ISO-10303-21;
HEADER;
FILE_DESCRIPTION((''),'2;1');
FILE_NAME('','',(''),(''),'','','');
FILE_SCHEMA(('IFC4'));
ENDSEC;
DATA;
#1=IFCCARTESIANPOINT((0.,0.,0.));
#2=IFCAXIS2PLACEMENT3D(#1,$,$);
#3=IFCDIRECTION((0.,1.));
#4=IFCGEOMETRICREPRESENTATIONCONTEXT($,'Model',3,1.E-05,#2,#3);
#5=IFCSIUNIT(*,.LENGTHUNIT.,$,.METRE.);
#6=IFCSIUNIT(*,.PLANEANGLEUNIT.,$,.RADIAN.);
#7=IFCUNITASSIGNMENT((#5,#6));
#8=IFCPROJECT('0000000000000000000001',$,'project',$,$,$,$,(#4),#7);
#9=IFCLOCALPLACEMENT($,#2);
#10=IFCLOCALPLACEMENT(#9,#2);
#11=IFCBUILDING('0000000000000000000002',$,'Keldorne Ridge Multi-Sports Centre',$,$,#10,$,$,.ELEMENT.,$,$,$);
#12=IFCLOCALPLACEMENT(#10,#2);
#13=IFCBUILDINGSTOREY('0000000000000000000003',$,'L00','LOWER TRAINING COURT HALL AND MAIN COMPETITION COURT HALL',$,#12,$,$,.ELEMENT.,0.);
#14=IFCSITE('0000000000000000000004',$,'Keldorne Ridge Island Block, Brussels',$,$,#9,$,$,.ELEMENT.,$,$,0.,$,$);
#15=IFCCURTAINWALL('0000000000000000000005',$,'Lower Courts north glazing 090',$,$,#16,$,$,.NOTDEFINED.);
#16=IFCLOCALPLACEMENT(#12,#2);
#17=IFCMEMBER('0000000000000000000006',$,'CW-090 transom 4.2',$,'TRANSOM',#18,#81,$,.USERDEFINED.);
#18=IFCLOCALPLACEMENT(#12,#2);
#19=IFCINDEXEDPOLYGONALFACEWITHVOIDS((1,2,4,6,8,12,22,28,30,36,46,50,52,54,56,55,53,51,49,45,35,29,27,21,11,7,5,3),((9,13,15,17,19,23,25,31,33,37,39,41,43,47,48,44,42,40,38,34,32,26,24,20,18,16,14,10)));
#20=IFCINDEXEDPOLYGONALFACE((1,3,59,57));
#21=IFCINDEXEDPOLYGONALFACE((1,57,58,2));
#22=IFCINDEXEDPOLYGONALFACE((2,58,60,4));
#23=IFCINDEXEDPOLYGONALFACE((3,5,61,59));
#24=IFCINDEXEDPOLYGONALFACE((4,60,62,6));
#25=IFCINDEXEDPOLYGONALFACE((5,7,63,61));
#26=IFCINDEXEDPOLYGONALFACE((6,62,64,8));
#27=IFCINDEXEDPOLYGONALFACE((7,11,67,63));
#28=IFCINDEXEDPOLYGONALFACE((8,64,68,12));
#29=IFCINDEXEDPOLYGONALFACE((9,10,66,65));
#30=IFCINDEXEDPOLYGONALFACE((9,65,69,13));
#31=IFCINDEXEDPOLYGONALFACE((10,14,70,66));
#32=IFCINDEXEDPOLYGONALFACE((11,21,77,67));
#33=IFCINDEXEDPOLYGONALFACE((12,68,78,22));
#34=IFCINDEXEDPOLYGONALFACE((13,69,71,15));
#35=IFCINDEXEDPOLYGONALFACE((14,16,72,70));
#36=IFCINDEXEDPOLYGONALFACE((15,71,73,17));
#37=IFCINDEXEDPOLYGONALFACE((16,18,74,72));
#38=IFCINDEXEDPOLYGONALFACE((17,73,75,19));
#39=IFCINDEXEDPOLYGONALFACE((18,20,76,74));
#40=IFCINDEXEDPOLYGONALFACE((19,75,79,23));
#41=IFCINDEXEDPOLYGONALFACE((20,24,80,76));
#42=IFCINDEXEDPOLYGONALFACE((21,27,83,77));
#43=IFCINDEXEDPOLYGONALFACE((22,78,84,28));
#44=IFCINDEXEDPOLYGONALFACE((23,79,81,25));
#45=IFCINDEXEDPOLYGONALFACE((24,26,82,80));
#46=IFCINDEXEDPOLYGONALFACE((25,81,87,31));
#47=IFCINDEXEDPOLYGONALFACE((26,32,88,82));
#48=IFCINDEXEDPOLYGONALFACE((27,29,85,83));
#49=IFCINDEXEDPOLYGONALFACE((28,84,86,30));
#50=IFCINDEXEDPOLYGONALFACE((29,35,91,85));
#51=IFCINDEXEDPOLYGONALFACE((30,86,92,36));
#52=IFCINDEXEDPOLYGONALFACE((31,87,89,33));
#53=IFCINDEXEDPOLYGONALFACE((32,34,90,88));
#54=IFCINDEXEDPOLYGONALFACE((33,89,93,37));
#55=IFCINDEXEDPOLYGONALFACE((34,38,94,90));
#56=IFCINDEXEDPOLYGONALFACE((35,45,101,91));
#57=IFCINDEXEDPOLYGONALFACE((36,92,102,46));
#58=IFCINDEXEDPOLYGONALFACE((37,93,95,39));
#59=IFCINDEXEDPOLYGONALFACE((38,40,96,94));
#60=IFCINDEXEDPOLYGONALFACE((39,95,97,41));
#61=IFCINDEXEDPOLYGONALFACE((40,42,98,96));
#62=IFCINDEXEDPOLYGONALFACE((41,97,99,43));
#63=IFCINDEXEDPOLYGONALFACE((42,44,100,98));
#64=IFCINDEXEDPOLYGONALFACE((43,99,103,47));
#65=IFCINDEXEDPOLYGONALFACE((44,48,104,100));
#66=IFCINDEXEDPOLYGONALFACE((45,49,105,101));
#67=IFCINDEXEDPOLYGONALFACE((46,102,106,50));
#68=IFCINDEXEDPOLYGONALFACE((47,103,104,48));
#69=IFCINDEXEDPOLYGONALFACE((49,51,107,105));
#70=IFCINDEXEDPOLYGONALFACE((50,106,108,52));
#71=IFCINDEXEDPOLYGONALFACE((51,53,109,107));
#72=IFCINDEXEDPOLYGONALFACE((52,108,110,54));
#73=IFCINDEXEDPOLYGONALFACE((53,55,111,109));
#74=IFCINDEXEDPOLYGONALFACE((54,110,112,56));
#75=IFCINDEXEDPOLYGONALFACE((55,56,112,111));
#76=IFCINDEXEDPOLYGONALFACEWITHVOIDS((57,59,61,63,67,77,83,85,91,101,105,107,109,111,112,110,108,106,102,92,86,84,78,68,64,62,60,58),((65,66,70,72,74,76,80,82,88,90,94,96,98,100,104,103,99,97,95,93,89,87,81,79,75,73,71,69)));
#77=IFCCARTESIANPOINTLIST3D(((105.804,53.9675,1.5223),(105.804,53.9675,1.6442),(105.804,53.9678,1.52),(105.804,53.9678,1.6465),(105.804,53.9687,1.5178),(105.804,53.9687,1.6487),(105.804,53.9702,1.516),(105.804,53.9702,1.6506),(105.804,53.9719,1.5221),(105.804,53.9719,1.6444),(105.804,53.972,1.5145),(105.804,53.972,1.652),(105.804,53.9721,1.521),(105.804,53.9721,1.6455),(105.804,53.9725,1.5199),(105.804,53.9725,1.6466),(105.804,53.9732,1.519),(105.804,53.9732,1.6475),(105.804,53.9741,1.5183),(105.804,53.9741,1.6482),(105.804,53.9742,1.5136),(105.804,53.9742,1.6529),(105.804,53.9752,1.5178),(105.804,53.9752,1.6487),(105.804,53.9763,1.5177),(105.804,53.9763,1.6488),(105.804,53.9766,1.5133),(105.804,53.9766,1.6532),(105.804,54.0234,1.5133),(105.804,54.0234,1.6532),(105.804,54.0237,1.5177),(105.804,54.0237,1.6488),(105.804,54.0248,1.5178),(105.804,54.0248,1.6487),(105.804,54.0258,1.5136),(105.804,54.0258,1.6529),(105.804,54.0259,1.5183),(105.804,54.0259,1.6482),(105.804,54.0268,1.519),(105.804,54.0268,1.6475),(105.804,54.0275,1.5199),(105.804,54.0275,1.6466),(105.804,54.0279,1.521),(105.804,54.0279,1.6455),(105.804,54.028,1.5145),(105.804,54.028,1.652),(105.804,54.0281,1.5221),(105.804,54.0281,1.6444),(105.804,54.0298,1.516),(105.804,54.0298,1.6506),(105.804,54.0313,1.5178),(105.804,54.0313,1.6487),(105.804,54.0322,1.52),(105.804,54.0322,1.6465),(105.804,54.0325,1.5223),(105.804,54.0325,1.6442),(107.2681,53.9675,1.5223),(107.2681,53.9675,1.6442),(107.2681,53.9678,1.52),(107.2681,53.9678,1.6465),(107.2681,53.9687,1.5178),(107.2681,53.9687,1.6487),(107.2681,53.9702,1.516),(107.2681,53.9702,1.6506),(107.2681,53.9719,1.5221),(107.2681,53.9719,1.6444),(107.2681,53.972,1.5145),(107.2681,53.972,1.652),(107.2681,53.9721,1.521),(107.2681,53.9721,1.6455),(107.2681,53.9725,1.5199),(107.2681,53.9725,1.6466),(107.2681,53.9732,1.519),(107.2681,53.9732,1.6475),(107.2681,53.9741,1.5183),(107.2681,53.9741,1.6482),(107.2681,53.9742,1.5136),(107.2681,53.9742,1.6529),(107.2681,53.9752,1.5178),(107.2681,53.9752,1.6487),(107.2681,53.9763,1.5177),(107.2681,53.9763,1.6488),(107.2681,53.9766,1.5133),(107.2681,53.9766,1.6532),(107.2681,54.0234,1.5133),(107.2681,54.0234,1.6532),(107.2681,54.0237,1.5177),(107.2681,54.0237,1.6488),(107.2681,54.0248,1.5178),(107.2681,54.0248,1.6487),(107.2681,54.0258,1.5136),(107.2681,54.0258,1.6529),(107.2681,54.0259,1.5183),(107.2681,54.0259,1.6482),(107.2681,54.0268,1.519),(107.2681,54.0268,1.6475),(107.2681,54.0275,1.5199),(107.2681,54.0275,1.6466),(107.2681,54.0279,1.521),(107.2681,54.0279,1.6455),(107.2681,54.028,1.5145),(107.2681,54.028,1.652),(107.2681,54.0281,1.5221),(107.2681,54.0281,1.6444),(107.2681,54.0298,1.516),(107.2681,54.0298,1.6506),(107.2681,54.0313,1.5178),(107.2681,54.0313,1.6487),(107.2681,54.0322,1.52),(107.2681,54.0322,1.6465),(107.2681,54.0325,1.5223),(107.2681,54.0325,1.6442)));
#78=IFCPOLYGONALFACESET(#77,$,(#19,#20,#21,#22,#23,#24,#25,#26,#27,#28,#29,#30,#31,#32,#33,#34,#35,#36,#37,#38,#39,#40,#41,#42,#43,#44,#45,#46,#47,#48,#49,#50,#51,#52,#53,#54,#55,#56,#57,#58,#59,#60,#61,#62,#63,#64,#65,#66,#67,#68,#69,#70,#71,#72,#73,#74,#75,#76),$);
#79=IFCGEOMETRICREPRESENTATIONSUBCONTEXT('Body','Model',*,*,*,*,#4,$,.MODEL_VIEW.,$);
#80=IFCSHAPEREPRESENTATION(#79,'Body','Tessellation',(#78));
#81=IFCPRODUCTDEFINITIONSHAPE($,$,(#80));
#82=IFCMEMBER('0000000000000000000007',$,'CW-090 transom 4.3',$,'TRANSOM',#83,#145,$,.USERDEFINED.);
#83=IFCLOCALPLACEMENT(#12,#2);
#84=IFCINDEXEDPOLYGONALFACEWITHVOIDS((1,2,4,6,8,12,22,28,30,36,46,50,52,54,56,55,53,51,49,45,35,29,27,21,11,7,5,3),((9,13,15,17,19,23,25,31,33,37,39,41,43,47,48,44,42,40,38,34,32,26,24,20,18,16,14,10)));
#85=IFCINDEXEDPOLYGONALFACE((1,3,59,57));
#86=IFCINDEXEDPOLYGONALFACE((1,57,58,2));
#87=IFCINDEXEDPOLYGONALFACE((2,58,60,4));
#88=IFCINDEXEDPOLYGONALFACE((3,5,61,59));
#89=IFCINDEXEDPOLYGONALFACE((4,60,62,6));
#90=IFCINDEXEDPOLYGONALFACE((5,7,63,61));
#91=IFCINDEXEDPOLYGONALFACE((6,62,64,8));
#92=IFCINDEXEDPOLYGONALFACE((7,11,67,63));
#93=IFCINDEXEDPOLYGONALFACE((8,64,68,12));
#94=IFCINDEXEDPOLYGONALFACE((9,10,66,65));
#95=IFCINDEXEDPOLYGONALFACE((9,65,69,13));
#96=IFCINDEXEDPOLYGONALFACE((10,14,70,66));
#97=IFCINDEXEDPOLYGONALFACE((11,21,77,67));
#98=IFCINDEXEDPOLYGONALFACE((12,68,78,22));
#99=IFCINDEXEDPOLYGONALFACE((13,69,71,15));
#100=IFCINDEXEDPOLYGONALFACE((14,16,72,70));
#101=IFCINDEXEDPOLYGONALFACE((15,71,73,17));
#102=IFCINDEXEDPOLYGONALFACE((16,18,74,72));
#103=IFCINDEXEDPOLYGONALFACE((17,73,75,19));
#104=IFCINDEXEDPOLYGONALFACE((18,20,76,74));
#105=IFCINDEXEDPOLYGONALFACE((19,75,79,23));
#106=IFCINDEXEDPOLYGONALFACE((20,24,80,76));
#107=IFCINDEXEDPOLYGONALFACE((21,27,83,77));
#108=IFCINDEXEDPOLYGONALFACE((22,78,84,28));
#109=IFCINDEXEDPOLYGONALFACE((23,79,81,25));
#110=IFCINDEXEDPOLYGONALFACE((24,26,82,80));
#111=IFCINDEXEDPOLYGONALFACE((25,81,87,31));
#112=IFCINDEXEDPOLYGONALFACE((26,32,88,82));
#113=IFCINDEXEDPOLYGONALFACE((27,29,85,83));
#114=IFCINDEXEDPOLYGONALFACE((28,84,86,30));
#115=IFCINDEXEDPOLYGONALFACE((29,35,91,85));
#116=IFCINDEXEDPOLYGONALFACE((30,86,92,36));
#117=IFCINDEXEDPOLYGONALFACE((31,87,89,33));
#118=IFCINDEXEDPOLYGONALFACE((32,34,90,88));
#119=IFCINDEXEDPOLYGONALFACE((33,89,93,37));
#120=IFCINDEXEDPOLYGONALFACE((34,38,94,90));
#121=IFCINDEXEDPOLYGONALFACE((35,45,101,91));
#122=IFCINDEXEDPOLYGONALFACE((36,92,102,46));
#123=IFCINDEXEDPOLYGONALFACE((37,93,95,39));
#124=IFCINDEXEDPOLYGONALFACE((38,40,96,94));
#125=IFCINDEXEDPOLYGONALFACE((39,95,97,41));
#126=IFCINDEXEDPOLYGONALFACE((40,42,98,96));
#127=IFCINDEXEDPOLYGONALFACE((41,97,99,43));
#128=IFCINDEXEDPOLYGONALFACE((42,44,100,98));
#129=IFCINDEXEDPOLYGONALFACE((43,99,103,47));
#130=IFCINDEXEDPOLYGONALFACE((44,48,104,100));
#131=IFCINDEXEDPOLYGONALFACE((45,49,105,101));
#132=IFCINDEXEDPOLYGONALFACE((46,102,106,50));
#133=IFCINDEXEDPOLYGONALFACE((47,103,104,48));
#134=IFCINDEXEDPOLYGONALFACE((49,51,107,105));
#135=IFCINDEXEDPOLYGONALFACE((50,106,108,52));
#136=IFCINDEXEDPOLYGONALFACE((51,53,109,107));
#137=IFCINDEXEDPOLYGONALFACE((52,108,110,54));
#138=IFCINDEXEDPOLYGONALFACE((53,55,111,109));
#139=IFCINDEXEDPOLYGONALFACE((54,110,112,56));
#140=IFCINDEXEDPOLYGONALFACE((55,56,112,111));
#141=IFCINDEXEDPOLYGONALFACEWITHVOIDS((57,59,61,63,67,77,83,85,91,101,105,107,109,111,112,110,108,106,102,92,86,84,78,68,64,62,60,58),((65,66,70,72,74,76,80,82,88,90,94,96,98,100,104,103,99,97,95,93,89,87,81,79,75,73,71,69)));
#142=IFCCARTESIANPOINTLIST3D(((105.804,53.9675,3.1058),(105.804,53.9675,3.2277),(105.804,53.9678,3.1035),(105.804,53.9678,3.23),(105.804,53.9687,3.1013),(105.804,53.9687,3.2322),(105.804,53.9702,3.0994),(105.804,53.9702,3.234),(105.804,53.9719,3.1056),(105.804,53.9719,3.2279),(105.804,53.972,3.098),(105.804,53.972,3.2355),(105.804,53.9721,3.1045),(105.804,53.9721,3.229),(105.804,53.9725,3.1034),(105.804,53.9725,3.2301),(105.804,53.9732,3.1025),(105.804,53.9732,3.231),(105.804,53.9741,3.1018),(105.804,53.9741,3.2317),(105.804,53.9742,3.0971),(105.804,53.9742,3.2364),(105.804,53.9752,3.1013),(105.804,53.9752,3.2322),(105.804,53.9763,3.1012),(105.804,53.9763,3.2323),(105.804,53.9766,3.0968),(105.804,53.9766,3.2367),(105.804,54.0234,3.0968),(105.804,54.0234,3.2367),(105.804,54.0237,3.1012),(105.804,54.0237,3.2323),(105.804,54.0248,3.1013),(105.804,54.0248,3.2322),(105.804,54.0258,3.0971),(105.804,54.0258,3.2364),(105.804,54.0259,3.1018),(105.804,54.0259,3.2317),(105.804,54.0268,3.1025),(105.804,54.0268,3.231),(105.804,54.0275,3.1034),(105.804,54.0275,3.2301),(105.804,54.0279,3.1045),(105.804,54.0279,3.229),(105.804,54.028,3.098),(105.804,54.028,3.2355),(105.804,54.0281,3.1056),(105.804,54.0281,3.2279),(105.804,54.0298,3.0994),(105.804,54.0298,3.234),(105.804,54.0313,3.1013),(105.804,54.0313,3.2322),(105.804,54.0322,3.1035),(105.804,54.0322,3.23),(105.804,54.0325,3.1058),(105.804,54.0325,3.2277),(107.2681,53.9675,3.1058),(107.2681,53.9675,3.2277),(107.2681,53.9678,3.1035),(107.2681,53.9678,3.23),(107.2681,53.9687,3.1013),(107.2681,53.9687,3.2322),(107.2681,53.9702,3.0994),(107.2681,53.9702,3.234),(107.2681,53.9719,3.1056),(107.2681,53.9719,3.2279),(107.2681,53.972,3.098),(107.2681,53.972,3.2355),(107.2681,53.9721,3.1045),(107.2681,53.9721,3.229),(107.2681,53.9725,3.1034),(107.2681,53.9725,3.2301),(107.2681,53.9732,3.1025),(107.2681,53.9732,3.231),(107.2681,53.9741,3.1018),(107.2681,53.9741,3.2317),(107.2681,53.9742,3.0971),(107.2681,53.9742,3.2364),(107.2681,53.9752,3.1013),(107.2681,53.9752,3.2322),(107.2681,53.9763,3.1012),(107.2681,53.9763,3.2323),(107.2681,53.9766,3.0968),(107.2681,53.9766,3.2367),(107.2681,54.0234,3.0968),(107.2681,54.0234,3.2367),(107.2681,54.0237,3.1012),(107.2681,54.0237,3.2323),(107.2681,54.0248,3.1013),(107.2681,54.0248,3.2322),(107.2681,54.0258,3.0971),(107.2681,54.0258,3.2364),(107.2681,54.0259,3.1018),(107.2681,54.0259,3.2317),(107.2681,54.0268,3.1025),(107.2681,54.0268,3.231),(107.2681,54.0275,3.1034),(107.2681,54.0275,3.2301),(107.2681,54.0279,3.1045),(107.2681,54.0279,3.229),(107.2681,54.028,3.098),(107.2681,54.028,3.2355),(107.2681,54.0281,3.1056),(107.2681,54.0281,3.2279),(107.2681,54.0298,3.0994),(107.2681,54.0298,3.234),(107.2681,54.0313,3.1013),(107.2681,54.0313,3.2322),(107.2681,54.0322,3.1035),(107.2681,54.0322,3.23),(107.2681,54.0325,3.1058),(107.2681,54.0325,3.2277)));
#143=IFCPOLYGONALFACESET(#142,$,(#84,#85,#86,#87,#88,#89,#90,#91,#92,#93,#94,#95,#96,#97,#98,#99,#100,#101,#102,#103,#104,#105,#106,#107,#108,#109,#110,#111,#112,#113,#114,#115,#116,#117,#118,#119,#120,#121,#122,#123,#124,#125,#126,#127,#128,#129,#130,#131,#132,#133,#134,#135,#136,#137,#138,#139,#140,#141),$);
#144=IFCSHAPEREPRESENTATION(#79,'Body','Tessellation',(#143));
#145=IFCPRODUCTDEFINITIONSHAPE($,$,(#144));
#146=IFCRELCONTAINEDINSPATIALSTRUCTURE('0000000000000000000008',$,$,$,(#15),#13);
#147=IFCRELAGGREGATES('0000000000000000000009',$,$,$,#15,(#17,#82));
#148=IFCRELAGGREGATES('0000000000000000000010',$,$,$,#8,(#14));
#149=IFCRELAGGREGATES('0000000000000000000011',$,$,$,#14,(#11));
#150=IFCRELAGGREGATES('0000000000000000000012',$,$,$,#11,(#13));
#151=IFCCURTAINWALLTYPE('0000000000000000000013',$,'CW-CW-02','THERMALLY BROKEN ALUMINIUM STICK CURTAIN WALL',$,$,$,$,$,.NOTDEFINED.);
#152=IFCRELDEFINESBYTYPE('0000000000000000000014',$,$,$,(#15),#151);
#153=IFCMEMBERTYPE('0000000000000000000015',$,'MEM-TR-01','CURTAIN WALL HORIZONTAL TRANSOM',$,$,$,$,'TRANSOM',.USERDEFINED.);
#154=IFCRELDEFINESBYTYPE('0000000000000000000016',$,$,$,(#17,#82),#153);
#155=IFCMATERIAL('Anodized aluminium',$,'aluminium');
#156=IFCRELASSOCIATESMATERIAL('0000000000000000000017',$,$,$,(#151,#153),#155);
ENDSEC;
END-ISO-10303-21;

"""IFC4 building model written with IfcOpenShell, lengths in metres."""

from ifc_helpers import new_model, si_unit, direction, frame, origin, origin_2d, place, context, subcontext, project, spatial, hollow_rectangle, extrude, material, material_profile, profile_set, type_object, element, aggregate, save


model = new_model("IFC4")

# Units and contexts
model_context = context("Model", 3, precision=1e-05, world=origin(), true_north=direction((0.0, 1.0)))
body_context = subcontext(model_context, "Body", "Model", "MODEL_VIEW")
ifc_project = project(units=[si_unit("LENGTHUNIT", "METRE"), si_unit("PLANEANGLEUNIT", "RADIAN")], contexts=[model_context])

# Site, building, storey
site_placement = place(None, origin())
site = spatial("IfcSite", under=ifc_project, at=site_placement, Name="Keldorne Ridge Island Block, Brussels", CompositionType="ELEMENT", RefElevation=0.0)
building_placement = place(site_placement, origin())
building = spatial("IfcBuilding", under=site, at=building_placement, Name="Keldorne Ridge Multi-Sports Centre", CompositionType="ELEMENT")
storey_placement = place(building_placement, origin())
storey = spatial("IfcBuildingStorey", under=building, at=storey_placement, Name="L00", Description="LOWER TRAINING COURT HALL AND MAIN COMPETITION COURT HALL", CompositionType="ELEMENT", Elevation=0.0)

# Curtain wall
ifc_material_1 = material(Name="Anodized aluminium", Category="aluminium")
curtain_wall_type_1 = type_object("IfcCurtainWallType", Name="CW-CW-02", Description="THERMALLY BROKEN ALUMINIUM STICK CURTAIN WALL", PredefinedType="NOTDEFINED", material=ifc_material_1)
curtain_wall_1_placement = place(storey_placement, origin())
curtain_wall_1 = element("IfcCurtainWall", 1, at=curtain_wall_1_placement, inside=storey, type_object=curtain_wall_type_1, Name="Lower Courts north glazing 090", PredefinedType="NOTDEFINED")

# Members
ifc_material_profile_1 = material_profile(ifc_material_1, hollow_rectangle(XDim=0.0649, YDim=0.1399, WallThickness=0.0044, InnerFilletRadius=0.0044, OuterFilletRadius=0.009, at=origin_2d()), Name="ALU TRANSOM 140x65x4.5")
ifc_profile_set_1 = profile_set([ifc_material_profile_1], Name="Anodized aluminium")
member_type_1 = type_object("IfcMemberType", Name="MEM-TR-01", Description="CURTAIN WALL HORIZONTAL TRANSOM", ElementType="TRANSOM", PredefinedType="USERDEFINED", material=ifc_profile_set_1)
member_1_placement = place(storey_placement, frame((107.2681, 54.0, 1.5833), z_axis=(-1.0, 0.0, 0.0), x_axis=(0.0, -1.0, 0.0)))
member_1 = element("IfcMember", 2, at=member_1_placement, type_object=member_type_1, Name="CW-090 transom 4.2", ObjectType="TRANSOM", PredefinedType="USERDEFINED", context=body_context, shape_type="SweptSolid", body=[
    extrude(hollow_rectangle(XDim=0.0649, YDim=0.1399, WallThickness=0.0044, InnerFilletRadius=0.0044, OuterFilletRadius=0.009, at=origin_2d()), origin(), (0.0, 0.0, 1.0), 1.4641),
])
member_2_placement = place(storey_placement, frame((107.2681, 54.0, 3.1667), z_axis=(-1.0, 0.0, 0.0), x_axis=(0.0, -1.0, 0.0)))
member_2 = element("IfcMember", 3, at=member_2_placement, type_object=member_type_1, Name="CW-090 transom 4.3", ObjectType="TRANSOM", PredefinedType="USERDEFINED", context=body_context, shape_type="SweptSolid", body=[
    extrude(hollow_rectangle(XDim=0.0649, YDim=0.1399, WallThickness=0.0044, InnerFilletRadius=0.0044, OuterFilletRadius=0.009, at=origin_2d()), origin(), (0.0, 0.0, 1.0), 1.4641),
])

aggregate(curtain_wall_1, [member_1, member_2])

save(model, "model.ifc")
